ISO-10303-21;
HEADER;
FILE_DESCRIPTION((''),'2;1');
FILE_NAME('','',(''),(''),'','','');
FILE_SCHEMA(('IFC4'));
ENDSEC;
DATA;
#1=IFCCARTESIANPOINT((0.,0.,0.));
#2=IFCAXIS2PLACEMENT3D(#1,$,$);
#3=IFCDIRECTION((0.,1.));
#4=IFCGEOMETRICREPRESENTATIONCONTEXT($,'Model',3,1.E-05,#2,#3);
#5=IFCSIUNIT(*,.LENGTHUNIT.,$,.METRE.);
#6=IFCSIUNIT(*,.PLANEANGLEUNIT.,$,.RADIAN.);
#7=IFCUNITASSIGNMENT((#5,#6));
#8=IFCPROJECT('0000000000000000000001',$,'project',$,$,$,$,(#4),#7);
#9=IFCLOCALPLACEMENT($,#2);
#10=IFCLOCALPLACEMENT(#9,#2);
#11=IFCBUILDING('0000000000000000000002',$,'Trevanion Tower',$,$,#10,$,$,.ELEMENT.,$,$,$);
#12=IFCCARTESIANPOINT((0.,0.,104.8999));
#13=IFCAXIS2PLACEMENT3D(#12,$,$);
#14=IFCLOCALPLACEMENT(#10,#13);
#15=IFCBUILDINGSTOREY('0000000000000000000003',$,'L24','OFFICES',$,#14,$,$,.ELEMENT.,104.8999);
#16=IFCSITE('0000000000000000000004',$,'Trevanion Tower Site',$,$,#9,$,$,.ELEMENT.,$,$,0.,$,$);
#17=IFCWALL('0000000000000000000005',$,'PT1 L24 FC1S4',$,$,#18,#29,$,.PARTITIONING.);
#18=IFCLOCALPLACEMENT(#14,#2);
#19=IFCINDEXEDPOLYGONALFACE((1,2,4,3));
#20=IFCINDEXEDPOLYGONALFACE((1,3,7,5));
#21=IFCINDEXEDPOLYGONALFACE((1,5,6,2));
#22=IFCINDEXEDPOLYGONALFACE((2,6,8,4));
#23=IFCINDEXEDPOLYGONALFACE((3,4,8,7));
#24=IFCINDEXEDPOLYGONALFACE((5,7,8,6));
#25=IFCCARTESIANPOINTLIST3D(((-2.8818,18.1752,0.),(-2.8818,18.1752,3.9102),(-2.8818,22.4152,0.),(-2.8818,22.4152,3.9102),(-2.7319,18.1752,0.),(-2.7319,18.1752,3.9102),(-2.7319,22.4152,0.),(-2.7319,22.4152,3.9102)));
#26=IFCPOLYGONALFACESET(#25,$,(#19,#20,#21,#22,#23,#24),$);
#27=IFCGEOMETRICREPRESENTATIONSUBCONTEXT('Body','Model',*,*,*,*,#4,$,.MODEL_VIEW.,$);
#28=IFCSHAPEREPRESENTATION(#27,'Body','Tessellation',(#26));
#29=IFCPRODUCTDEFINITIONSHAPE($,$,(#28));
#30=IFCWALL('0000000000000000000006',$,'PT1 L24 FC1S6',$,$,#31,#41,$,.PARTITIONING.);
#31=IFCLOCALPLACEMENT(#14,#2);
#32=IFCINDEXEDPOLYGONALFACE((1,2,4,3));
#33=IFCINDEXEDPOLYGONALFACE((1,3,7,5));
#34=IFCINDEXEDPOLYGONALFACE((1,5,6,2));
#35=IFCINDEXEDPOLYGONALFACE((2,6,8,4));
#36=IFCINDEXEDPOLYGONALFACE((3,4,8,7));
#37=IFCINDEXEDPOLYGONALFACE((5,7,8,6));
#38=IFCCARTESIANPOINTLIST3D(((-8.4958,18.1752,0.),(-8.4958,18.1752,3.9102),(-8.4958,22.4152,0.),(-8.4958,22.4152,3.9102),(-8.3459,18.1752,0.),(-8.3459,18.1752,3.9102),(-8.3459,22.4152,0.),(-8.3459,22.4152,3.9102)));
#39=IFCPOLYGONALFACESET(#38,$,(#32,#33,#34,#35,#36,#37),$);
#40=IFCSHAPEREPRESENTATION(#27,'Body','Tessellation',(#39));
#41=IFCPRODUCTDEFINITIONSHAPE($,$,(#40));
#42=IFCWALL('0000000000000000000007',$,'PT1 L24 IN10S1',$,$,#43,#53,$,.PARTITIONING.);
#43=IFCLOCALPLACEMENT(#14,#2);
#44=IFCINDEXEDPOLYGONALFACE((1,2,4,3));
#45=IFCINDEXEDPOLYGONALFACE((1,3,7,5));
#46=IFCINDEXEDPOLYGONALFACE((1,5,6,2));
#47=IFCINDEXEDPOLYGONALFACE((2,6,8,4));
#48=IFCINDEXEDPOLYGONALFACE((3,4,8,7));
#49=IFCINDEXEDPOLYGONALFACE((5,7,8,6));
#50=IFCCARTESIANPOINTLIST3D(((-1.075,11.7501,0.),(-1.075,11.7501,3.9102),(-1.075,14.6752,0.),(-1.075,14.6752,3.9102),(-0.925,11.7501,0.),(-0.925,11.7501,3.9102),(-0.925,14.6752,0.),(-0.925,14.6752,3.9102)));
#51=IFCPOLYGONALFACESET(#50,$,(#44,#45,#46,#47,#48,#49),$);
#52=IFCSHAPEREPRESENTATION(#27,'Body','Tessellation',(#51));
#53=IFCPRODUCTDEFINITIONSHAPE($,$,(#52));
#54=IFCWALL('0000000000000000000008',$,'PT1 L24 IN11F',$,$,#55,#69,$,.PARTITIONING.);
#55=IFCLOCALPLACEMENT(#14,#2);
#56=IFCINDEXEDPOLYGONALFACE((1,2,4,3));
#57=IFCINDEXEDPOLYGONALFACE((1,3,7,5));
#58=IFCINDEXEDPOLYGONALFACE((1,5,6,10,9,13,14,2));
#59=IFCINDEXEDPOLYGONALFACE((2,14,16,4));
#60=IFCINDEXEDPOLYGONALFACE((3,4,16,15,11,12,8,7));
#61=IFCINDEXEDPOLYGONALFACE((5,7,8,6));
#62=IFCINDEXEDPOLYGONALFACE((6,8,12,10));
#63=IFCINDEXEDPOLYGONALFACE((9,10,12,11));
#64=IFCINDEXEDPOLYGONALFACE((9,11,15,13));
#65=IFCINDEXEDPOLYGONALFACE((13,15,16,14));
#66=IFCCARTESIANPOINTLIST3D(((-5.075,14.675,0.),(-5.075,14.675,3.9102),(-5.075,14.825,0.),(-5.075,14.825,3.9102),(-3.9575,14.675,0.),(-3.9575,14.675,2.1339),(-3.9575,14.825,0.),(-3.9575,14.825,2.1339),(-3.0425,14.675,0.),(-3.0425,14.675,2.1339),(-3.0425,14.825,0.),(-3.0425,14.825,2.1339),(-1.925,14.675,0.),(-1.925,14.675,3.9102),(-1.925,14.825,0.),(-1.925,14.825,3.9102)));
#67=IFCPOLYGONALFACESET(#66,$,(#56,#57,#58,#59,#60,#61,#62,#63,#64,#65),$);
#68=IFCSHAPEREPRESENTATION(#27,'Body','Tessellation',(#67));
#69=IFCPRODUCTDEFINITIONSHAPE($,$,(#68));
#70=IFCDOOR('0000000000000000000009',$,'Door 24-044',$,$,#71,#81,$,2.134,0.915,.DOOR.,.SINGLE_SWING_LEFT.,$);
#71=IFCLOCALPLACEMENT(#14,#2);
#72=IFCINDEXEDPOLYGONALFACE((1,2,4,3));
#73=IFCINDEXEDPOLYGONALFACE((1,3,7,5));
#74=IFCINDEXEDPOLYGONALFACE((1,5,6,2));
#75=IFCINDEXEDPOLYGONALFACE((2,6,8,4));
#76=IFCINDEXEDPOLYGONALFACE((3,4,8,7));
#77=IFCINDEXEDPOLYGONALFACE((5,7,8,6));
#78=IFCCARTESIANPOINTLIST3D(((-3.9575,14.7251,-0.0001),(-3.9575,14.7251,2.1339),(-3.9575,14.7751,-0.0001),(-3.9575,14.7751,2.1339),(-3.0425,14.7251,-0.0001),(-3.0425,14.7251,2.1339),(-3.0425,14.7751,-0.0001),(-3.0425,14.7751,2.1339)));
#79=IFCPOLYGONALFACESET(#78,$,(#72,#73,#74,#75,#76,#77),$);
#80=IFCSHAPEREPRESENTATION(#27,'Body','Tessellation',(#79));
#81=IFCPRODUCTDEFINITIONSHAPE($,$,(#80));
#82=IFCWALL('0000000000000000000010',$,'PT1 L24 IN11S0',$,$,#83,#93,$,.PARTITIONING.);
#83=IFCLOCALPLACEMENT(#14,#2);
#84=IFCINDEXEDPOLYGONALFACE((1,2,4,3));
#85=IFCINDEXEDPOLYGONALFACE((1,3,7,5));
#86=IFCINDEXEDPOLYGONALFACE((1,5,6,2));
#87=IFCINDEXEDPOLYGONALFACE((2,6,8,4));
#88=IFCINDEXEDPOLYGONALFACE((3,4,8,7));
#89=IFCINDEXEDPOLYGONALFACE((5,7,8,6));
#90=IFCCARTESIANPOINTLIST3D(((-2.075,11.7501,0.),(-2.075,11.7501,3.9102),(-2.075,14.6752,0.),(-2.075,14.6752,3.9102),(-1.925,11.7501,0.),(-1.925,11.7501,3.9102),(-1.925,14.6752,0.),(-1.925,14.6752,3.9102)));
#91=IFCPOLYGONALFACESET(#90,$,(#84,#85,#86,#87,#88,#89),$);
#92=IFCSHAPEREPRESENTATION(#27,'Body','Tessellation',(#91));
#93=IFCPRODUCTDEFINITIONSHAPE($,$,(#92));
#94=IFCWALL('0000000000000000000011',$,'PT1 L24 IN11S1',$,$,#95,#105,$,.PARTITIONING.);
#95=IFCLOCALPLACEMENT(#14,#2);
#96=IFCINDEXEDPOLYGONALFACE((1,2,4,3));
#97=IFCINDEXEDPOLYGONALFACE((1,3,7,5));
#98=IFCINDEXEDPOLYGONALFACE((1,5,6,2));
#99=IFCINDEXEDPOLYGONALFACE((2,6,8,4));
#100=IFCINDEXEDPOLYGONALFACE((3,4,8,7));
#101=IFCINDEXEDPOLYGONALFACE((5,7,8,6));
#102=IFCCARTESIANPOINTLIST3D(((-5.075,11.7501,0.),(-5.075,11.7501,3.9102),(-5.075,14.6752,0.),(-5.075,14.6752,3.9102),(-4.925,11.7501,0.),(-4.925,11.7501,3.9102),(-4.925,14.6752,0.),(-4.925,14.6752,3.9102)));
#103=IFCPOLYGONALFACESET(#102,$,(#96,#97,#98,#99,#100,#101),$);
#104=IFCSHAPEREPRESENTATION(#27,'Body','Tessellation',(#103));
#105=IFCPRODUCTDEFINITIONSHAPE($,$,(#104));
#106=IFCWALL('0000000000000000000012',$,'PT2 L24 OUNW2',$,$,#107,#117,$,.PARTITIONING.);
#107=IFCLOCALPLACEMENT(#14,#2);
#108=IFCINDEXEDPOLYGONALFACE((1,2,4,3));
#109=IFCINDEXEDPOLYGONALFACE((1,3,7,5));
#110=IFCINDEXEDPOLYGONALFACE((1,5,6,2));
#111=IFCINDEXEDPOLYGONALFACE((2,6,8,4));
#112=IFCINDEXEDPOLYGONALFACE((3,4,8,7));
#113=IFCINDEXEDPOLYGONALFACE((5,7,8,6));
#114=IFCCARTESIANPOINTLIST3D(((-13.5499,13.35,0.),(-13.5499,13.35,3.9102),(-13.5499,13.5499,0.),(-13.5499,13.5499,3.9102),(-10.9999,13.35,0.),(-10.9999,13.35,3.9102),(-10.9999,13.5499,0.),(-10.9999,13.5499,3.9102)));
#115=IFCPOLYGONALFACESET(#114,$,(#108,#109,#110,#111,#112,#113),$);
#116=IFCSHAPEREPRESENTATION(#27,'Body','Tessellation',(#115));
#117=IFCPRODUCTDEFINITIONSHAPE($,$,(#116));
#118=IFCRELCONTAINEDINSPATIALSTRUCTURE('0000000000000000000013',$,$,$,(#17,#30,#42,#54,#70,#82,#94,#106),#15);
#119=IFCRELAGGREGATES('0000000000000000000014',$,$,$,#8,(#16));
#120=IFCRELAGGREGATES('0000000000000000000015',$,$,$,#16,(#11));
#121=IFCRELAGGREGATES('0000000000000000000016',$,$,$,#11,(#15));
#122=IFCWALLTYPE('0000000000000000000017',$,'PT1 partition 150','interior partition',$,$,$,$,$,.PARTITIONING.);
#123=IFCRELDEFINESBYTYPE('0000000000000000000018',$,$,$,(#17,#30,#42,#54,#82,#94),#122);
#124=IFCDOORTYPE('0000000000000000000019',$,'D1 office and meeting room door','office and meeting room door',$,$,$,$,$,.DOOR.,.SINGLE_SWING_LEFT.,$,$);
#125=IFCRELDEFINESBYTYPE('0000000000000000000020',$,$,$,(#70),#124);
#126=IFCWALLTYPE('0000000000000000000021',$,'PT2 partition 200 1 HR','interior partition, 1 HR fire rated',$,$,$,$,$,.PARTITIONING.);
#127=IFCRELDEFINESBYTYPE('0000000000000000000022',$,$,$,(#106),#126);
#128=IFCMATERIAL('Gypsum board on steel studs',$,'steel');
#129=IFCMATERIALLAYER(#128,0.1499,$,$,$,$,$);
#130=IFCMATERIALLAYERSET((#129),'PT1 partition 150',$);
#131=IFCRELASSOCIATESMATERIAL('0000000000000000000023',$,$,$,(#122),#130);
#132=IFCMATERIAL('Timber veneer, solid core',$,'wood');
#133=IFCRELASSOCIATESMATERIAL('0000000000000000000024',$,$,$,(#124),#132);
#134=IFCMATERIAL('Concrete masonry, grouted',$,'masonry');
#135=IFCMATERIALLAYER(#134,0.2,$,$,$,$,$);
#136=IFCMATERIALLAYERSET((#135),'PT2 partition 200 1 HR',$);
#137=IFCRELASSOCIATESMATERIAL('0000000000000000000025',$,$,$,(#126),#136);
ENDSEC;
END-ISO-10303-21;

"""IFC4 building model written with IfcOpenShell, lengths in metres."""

from ifc_helpers import new_model, si_unit, direction, frame, frame_2d, origin, place, context, subcontext, project, spatial, rectangle, extrude, material, layer, layer_set, type_object, element, fill, save


model = new_model("IFC4")

# Units and contexts
model_context = context("Model", 3, precision=1e-05, world=origin(), true_north=direction((0.0, 1.0)))
body_context = subcontext(model_context, "Body", "Model", "MODEL_VIEW")
ifc_project = project(units=[si_unit("LENGTHUNIT", "METRE"), si_unit("PLANEANGLEUNIT", "RADIAN")], contexts=[model_context])

# Site, building, storey
site_placement = place(None, origin())
site = spatial("IfcSite", under=ifc_project, at=site_placement, Name="Trevanion Tower Site", CompositionType="ELEMENT", RefElevation=0.0)
building_placement = place(site_placement, origin())
building = spatial("IfcBuilding", under=site, at=building_placement, Name="Trevanion Tower", CompositionType="ELEMENT")
storey_placement = place(building_placement, frame((0.0, 0.0, 104.8999)))
storey = spatial("IfcBuildingStorey", under=building, at=storey_placement, Name="L24", Description="OFFICES", CompositionType="ELEMENT", Elevation=104.8999)

# Walls
ifc_material_1 = material(Name="Gypsum board on steel studs", Category="steel")
ifc_layer_1 = layer(ifc_material_1, 0.1499)
ifc_layer_set_1 = layer_set([ifc_layer_1], Name="PT1 partition 150")
wall_type_1 = type_object("IfcWallType", Name="PT1 partition 150", Description="interior partition", PredefinedType="PARTITIONING", material=ifc_layer_set_1)
for number, where, z_axis, x_axis, name in (
    (1, (-2.8069, 18.175, 0.0), (0.0, 0.0, 1.0), (0.0, 1.0, 0.0), "PT1 L24 FC1S4"),
    (2, (-8.4209, 18.175, 0.0), (0.0, 0.0, 1.0), (0.0, 1.0, 0.0), "PT1 L24 FC1S6"),
):
    element("IfcWall", number, at=place(storey_placement, frame(where, z_axis=z_axis, x_axis=x_axis)), inside=storey, type_object=wall_type_1, Name=name, PredefinedType="PARTITIONING", context=body_context, shape_type="SweptSolid", body=[
        extrude(rectangle(XDim=4.24, YDim=0.1499, at=frame_2d((2.1201, 0.0))), origin(), (0.0, 0.0, 1.0), 3.9102),
    ])
wall_1_placement = place(storey_placement, frame((-1.0, 14.675, 0.0), z_axis=(0.0, 0.0, 1.0), x_axis=(0.0, -1.0, 0.0)))
element("IfcWall", 3, at=wall_1_placement, inside=storey, type_object=wall_type_1, Name="PT1 L24 IN10S1", PredefinedType="PARTITIONING", context=body_context, shape_type="SweptSolid", body=[
    extrude(rectangle(XDim=2.925, YDim=0.1499, at=frame_2d((1.4624, 0.0))), origin(), (0.0, 0.0, 1.0), 3.9102),
])

# Wall, opening, door
wall_2_placement = place(storey_placement, frame((-1.925, 14.75, 0.0), z_axis=(0.0, 0.0, 1.0), x_axis=(-1.0, 0.0, 0.0)))
wall_2 = element("IfcWall", 4, at=wall_2_placement, inside=storey, type_object=wall_type_1, Name="PT1 L24 IN11F", PredefinedType="PARTITIONING", context=body_context, shape_type="SweptSolid", body=[
    extrude(rectangle(XDim=3.1499, YDim=0.1499, at=frame_2d((1.575, 0.0))), origin(), (0.0, 0.0, 1.0), 3.9102),
])
opening_placement = place(wall_2_placement, frame((1.1174, 0.0, 0.0)))
opening = element("IfcOpeningElement", 5, at=opening_placement, cuts=wall_2, PredefinedType="OPENING", context=body_context, shape_type="SweptSolid", body=[
    extrude(rectangle(XDim=0.915, YDim=2.134, at=frame_2d((0.4575, 1.0669))), frame((0.0, 0.085, 0.0), z_axis=(0.0, -1.0, 0.0), x_axis=(1.0, 0.0, 0.0)), (0.0, 0.0, 1.0), 0.1699),
])
ifc_material_2 = material(Name="Timber veneer, solid core", Category="wood")
door_type = type_object("IfcDoorType", Name="D1 office and meeting room door", Description="office and meeting room door", OperationType="SINGLE_SWING_LEFT", PredefinedType="DOOR", material=ifc_material_2)
door_placement = place(opening_placement, origin())
door = element("IfcDoor", 6, at=door_placement, inside=storey, type_object=door_type, Name="Door 24-044", OperationType="SINGLE_SWING_LEFT", OverallHeight=2.134, OverallWidth=0.915, PredefinedType="DOOR", context=body_context, shape_type="SweptSolid", body=[
    extrude(rectangle(XDim=0.915, YDim=2.134, at=frame_2d((0.4575, 1.0669))), frame((0.0, 0.0249, 0.0), z_axis=(0.0, -1.0, 0.0), x_axis=(1.0, 0.0, 0.0)), (0.0, 0.0, 1.0), 0.05),
])
fill(opening, door)

# Walls
for number, where, z_axis, x_axis, name in (
    (7, (-2.0, 14.675, 0.0), (0.0, 0.0, 1.0), (0.0, -1.0, 0.0), "PT1 L24 IN11S0"),
    (8, (-5.0, 14.675, 0.0), (0.0, 0.0, 1.0), (0.0, -1.0, 0.0), "PT1 L24 IN11S1"),
):
    element("IfcWall", number, at=place(storey_placement, frame(where, z_axis=z_axis, x_axis=x_axis)), inside=storey, type_object=wall_type_1, Name=name, PredefinedType="PARTITIONING", context=body_context, shape_type="SweptSolid", body=[
        extrude(rectangle(XDim=2.925, YDim=0.1499, at=frame_2d((1.4624, 0.0))), origin(), (0.0, 0.0, 1.0), 3.9102),
    ])
ifc_material_3 = material(Name="Concrete masonry, grouted", Category="masonry")
ifc_layer_2 = layer(ifc_material_3, 0.2)
ifc_layer_set_2 = layer_set([ifc_layer_2], Name="PT2 partition 200 1 HR")
wall_type_2 = type_object("IfcWallType", Name="PT2 partition 200 1 HR", Description="interior partition, 1 HR fire rated", PredefinedType="PARTITIONING", material=ifc_layer_set_2)
wall_3_placement = place(storey_placement, frame((-11.0, 13.45, 0.0), z_axis=(0.0, 0.0, 1.0), x_axis=(-1.0, 0.0, 0.0)))
element("IfcWall", 9, at=wall_3_placement, inside=storey, type_object=wall_type_2, Name="PT2 L24 OUNW2", PredefinedType="PARTITIONING", context=body_context, shape_type="SweptSolid", body=[
    extrude(rectangle(XDim=2.55, YDim=0.2, at=frame_2d((1.2749, 0.0))), origin(), (0.0, 0.0, 1.0), 3.9102),
])

save(model, "model.ifc")
